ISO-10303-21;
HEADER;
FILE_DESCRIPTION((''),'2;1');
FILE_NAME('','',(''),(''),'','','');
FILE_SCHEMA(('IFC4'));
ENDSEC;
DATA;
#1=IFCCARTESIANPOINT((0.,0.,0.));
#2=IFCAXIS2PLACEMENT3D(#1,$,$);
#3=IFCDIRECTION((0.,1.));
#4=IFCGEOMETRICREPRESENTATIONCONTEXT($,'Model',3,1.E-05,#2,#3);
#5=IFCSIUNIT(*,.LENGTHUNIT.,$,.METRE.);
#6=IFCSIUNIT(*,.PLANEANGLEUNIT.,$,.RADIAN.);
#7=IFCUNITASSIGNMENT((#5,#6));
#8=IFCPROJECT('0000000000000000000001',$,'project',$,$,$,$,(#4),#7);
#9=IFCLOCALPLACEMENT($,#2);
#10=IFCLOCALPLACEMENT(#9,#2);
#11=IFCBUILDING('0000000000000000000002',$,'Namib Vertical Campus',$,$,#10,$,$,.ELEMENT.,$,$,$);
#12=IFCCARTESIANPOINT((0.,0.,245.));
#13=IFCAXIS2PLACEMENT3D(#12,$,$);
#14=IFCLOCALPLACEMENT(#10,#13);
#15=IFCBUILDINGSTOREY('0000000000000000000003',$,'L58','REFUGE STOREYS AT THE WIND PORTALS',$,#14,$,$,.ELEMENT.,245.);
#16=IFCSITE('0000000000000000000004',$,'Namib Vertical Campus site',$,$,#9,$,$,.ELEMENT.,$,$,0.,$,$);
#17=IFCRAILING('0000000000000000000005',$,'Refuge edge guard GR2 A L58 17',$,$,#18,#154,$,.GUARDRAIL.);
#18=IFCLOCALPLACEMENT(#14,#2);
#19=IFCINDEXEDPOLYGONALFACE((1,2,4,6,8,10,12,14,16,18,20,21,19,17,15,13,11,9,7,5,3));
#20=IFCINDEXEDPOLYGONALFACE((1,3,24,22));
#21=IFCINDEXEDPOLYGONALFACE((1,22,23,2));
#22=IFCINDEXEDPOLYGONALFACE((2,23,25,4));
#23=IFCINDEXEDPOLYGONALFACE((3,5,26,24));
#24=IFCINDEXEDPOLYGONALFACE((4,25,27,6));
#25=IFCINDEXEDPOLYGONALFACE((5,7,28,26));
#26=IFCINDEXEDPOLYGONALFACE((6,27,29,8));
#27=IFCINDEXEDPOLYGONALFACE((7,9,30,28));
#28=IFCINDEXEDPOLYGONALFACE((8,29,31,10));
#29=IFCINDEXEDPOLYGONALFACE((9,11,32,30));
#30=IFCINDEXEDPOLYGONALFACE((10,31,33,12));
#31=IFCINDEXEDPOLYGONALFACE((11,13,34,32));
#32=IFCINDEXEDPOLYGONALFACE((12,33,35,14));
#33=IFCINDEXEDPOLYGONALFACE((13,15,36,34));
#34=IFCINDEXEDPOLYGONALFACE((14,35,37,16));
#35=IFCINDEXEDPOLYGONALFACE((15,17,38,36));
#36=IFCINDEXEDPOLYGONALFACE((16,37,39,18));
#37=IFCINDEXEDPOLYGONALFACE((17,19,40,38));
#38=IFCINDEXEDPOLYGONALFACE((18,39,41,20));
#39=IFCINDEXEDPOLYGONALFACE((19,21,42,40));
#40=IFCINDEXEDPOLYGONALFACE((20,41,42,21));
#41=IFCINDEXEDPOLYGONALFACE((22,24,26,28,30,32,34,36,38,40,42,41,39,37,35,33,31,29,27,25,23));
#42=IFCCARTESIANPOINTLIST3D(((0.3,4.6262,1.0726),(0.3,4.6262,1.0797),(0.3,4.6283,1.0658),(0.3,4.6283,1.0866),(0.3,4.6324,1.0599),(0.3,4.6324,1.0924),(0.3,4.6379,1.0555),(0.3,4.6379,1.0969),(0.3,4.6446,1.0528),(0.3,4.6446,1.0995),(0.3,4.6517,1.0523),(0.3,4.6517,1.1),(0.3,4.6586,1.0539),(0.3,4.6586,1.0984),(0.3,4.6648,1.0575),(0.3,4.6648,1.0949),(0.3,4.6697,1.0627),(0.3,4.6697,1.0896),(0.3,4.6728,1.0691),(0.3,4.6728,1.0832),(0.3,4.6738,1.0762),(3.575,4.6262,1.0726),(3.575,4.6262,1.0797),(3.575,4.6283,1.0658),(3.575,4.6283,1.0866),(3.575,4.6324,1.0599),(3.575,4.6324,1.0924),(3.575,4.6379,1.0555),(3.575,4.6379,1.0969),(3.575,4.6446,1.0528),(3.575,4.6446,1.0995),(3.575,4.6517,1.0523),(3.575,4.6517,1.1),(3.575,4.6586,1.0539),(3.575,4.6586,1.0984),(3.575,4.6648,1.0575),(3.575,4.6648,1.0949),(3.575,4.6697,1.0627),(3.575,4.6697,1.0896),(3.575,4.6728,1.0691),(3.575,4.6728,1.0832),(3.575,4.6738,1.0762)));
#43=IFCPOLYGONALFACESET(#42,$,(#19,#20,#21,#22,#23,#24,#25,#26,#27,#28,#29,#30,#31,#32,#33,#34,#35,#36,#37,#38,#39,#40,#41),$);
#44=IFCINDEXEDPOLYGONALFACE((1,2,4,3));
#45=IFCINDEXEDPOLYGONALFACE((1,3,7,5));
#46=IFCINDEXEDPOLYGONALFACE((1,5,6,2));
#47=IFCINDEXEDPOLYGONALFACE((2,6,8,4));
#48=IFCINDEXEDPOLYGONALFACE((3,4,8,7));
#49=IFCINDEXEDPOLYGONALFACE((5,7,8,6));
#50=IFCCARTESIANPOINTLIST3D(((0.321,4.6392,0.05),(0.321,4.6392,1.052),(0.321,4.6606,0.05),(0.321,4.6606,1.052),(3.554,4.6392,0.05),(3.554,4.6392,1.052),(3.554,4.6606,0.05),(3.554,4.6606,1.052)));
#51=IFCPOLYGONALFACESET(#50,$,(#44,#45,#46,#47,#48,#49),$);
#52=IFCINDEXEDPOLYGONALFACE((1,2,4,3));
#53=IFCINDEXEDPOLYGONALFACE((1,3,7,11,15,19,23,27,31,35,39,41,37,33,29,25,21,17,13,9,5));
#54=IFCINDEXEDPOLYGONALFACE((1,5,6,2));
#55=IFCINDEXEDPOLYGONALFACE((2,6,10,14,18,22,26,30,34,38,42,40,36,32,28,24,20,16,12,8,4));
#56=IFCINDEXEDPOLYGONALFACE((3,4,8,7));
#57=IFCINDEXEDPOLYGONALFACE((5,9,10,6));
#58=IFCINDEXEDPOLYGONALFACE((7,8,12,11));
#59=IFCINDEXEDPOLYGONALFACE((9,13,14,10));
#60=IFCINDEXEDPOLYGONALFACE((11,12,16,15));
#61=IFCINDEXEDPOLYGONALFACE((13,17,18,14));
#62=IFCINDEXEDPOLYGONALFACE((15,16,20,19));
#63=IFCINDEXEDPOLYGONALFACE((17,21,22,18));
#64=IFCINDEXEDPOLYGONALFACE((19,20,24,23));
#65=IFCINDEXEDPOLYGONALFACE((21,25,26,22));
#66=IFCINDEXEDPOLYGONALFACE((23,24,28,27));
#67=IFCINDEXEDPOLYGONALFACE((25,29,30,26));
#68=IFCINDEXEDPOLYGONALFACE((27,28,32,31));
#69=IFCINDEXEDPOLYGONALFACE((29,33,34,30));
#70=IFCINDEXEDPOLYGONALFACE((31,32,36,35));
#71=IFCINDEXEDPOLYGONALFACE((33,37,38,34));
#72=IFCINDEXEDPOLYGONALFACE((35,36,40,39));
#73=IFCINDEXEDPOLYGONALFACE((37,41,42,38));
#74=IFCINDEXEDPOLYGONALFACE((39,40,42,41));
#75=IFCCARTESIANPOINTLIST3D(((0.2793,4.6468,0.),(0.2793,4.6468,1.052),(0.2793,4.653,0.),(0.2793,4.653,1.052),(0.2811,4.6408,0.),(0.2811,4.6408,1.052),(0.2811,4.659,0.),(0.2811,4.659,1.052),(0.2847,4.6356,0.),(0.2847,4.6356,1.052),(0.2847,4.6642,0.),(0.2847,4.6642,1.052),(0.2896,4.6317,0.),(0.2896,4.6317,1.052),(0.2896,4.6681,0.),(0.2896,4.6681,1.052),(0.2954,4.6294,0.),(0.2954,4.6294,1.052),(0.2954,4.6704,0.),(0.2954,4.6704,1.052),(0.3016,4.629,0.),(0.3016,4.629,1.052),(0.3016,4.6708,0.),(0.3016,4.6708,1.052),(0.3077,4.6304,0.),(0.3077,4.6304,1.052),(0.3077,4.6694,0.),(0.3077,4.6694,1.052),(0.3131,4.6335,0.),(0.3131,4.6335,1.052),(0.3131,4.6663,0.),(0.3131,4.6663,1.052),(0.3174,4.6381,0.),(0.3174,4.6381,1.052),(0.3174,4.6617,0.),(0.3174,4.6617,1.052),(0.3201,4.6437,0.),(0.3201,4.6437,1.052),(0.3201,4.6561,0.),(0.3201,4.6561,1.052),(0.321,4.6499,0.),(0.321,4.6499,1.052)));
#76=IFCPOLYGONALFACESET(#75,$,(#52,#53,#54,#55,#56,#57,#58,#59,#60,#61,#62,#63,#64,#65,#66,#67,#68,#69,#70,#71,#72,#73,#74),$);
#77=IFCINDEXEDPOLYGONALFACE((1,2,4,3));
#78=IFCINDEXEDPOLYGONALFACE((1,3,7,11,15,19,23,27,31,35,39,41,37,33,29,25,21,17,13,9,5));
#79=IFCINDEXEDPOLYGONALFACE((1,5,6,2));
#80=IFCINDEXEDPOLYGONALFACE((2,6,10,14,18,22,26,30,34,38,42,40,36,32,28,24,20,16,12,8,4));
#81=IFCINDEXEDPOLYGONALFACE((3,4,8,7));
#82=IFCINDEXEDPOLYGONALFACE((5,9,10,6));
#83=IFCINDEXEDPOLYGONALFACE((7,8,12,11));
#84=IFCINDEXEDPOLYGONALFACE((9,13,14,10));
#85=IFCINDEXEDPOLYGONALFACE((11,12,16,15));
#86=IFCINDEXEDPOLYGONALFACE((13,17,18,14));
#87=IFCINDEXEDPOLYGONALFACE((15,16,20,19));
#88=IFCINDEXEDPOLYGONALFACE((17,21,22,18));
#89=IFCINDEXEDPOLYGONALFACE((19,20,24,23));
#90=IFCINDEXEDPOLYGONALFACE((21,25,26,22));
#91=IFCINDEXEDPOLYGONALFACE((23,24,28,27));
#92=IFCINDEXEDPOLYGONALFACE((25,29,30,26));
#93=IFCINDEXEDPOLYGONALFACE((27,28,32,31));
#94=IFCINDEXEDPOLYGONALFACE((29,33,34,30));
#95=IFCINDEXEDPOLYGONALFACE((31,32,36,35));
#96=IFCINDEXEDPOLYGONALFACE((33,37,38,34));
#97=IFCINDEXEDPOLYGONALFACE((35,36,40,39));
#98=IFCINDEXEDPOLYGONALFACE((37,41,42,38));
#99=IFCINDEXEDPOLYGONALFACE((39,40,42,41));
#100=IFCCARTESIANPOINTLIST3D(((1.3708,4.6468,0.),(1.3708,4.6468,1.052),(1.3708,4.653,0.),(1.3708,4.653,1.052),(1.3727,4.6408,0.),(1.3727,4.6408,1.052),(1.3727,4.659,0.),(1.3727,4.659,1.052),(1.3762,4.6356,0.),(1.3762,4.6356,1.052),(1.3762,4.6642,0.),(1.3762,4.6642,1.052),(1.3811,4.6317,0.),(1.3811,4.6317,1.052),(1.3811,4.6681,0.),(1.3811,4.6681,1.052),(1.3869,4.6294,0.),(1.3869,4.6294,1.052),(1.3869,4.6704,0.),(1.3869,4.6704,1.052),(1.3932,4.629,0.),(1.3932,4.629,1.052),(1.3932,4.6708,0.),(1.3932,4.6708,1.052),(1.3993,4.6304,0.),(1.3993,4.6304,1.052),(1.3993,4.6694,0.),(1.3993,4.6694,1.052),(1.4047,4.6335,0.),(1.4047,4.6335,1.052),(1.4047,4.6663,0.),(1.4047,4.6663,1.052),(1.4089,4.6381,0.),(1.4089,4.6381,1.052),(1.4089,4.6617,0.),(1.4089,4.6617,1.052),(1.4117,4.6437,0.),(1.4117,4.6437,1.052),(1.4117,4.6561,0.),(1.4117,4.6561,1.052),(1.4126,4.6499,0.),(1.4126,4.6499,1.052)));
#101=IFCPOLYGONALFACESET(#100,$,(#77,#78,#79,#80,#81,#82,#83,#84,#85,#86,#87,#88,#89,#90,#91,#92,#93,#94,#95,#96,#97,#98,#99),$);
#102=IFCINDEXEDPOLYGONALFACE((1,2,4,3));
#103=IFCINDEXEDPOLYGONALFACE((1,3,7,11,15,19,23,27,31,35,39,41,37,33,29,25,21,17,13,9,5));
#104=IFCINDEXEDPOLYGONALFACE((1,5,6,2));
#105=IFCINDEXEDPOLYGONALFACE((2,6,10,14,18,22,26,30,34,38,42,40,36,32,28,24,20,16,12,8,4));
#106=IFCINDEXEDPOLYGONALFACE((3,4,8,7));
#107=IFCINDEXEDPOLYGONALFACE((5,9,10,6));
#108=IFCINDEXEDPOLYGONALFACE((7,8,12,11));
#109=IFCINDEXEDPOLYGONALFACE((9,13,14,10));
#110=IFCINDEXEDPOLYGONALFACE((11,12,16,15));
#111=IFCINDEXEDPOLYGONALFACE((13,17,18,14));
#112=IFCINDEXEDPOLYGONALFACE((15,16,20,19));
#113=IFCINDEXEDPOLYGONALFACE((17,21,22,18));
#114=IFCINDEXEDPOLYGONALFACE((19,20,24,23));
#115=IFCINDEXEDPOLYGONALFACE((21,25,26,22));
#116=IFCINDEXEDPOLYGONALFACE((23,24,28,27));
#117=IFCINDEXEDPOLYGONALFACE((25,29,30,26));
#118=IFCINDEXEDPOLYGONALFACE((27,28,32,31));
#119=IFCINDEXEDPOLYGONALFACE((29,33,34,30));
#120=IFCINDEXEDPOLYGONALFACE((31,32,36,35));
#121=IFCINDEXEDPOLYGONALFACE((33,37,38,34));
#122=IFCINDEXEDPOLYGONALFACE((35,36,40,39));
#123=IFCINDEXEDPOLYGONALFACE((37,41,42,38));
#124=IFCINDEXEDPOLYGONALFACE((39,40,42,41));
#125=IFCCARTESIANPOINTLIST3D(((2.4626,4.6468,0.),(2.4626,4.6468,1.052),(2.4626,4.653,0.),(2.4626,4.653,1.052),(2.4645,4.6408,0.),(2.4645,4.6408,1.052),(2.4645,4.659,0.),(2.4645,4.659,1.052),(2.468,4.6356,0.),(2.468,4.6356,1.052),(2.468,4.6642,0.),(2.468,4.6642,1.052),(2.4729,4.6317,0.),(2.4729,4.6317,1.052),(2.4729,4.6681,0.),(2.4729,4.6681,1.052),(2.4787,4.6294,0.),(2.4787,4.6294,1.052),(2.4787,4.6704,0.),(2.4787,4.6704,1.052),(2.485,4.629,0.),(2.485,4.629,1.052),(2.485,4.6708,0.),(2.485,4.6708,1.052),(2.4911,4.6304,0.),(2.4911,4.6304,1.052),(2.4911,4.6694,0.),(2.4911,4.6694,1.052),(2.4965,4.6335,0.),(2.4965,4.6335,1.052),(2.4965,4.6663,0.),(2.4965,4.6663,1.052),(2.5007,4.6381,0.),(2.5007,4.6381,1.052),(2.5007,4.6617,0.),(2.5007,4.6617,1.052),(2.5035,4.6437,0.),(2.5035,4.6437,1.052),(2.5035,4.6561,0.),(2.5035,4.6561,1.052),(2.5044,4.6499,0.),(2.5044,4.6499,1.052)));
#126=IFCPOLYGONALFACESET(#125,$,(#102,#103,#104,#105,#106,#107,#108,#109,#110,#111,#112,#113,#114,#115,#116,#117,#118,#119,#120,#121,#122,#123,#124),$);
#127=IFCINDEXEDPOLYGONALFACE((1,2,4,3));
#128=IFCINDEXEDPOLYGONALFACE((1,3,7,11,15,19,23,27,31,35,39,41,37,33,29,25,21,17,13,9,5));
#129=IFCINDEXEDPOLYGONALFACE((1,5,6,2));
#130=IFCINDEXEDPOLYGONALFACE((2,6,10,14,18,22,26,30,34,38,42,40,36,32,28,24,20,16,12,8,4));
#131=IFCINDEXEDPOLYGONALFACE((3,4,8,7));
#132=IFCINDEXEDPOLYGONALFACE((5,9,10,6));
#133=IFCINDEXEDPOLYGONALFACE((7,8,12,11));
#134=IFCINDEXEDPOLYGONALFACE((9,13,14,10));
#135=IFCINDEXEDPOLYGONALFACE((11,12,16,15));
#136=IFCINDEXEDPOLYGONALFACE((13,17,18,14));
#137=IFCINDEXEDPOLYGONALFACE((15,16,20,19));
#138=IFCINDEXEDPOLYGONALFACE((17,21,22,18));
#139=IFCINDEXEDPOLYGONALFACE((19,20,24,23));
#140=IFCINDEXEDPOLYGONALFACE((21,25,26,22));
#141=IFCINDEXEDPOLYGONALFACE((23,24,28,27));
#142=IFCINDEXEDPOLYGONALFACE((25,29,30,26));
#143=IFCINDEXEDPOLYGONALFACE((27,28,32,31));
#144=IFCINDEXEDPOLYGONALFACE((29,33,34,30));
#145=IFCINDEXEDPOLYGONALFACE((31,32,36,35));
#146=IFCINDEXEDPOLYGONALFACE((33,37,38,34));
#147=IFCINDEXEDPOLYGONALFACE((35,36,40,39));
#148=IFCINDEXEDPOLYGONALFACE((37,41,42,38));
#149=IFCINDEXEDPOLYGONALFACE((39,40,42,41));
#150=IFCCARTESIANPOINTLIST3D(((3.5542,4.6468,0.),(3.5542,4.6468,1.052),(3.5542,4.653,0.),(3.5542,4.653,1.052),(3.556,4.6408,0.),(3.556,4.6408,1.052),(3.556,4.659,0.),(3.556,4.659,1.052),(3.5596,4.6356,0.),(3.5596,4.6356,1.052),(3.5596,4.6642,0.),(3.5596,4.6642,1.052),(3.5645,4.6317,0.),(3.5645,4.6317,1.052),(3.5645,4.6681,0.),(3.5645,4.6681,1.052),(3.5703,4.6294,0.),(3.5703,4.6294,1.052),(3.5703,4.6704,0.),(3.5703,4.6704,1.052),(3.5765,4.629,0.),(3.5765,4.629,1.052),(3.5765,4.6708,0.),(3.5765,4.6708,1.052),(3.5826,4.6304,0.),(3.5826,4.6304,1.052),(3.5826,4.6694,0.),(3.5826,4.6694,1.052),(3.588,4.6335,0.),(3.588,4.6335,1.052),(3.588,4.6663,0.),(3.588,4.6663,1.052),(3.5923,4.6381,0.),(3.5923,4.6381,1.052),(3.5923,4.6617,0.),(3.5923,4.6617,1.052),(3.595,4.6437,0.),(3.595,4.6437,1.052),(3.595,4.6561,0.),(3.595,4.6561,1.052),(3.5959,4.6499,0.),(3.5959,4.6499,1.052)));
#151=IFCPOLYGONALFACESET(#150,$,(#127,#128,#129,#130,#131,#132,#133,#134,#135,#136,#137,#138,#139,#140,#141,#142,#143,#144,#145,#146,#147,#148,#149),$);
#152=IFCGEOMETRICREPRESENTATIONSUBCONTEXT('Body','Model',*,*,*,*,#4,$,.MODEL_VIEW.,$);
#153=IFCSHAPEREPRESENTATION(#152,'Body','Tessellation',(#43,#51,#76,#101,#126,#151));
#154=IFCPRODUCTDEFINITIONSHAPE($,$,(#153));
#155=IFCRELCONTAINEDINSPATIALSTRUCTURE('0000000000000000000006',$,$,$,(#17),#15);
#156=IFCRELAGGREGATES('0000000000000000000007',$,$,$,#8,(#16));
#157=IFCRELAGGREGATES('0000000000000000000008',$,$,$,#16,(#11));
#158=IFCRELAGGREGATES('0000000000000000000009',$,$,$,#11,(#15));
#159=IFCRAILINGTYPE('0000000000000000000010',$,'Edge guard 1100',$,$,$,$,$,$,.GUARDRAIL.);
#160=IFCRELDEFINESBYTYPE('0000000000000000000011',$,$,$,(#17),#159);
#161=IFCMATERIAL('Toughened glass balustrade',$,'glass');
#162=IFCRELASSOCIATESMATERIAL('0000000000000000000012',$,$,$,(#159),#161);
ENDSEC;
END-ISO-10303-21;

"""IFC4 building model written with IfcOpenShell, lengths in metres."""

from ifc_helpers import new_model, si_unit, direction, frame, origin, origin_2d, place, context, subcontext, project, spatial, polyline, circle, outline, extrude, material, type_object, element, save


model = new_model("IFC4")

# Units and contexts
model_context = context("Model", 3, precision=1e-05, world=origin(), true_north=direction((0.0, 1.0)))
body_context = subcontext(model_context, "Body", "Model", "MODEL_VIEW")
ifc_project = project(units=[si_unit("LENGTHUNIT", "METRE"), si_unit("PLANEANGLEUNIT", "RADIAN")], contexts=[model_context])

# Site, building, storey
site_placement = place(None, origin())
site = spatial("IfcSite", under=ifc_project, at=site_placement, Name="Namib Vertical Campus site", CompositionType="ELEMENT", RefElevation=0.0)
building_placement = place(site_placement, origin())
building = spatial("IfcBuilding", under=site, at=building_placement, Name="Namib Vertical Campus", CompositionType="ELEMENT")
storey_placement = place(building_placement, frame((0.0, 0.0, 245.0)))
storey = spatial("IfcBuildingStorey", under=building, at=storey_placement, Name="L58", Description="REFUGE STOREYS AT THE WIND PORTALS", CompositionType="ELEMENT", Elevation=245.0)

# Railing
ifc_material_1 = material(Name="Toughened glass balustrade", Category="glass")
railing_type = type_object("IfcRailingType", Name="Edge guard 1100", PredefinedType="GUARDRAIL", material=ifc_material_1)
railing_1_placement = place(storey_placement, frame((0.3, 4.6499, 0.0)))
element("IfcRailing", 1, at=railing_1_placement, inside=storey, type_object=railing_type, Name="Refuge edge guard GR2 A L58 17", PredefinedType="GUARDRAIL", context=body_context, shape_type="SweptSolid", body=[
    extrude(circle(Radius=0.0239, at=origin_2d()), frame((0.0, 0.0, 1.0762), z_axis=(1.0, 0.0, 0.0), x_axis=(0.0, 1.0, 0.0)), (0.0, 0.0, 1.0), 3.2749),
    extrude(outline(polyline([(0.021, 0.05), (3.2539, 0.05), (3.2539, 1.052), (0.021, 1.052), (0.021, 0.05)])), frame((0.0, 0.0107, 0.0), z_axis=(0.0, -1.0, 0.0), x_axis=(1.0, 0.0, 0.0)), (0.0, 0.0, 1.0), 0.0215),
    extrude(circle(Radius=0.021, at=origin_2d()), origin(), (0.0, 0.0, 1.0), 1.052),
    extrude(circle(Radius=0.021, at=origin_2d()), frame((1.0916, 0.0, 0.0)), (0.0, 0.0, 1.0), 1.052),
    extrude(circle(Radius=0.021, at=origin_2d()), frame((2.1833, 0.0, 0.0)), (0.0, 0.0, 1.0), 1.052),
    extrude(circle(Radius=0.021, at=origin_2d()), frame((3.2749, 0.0, 0.0)), (0.0, 0.0, 1.0), 1.052),
])

save(model, "model.ifc")
